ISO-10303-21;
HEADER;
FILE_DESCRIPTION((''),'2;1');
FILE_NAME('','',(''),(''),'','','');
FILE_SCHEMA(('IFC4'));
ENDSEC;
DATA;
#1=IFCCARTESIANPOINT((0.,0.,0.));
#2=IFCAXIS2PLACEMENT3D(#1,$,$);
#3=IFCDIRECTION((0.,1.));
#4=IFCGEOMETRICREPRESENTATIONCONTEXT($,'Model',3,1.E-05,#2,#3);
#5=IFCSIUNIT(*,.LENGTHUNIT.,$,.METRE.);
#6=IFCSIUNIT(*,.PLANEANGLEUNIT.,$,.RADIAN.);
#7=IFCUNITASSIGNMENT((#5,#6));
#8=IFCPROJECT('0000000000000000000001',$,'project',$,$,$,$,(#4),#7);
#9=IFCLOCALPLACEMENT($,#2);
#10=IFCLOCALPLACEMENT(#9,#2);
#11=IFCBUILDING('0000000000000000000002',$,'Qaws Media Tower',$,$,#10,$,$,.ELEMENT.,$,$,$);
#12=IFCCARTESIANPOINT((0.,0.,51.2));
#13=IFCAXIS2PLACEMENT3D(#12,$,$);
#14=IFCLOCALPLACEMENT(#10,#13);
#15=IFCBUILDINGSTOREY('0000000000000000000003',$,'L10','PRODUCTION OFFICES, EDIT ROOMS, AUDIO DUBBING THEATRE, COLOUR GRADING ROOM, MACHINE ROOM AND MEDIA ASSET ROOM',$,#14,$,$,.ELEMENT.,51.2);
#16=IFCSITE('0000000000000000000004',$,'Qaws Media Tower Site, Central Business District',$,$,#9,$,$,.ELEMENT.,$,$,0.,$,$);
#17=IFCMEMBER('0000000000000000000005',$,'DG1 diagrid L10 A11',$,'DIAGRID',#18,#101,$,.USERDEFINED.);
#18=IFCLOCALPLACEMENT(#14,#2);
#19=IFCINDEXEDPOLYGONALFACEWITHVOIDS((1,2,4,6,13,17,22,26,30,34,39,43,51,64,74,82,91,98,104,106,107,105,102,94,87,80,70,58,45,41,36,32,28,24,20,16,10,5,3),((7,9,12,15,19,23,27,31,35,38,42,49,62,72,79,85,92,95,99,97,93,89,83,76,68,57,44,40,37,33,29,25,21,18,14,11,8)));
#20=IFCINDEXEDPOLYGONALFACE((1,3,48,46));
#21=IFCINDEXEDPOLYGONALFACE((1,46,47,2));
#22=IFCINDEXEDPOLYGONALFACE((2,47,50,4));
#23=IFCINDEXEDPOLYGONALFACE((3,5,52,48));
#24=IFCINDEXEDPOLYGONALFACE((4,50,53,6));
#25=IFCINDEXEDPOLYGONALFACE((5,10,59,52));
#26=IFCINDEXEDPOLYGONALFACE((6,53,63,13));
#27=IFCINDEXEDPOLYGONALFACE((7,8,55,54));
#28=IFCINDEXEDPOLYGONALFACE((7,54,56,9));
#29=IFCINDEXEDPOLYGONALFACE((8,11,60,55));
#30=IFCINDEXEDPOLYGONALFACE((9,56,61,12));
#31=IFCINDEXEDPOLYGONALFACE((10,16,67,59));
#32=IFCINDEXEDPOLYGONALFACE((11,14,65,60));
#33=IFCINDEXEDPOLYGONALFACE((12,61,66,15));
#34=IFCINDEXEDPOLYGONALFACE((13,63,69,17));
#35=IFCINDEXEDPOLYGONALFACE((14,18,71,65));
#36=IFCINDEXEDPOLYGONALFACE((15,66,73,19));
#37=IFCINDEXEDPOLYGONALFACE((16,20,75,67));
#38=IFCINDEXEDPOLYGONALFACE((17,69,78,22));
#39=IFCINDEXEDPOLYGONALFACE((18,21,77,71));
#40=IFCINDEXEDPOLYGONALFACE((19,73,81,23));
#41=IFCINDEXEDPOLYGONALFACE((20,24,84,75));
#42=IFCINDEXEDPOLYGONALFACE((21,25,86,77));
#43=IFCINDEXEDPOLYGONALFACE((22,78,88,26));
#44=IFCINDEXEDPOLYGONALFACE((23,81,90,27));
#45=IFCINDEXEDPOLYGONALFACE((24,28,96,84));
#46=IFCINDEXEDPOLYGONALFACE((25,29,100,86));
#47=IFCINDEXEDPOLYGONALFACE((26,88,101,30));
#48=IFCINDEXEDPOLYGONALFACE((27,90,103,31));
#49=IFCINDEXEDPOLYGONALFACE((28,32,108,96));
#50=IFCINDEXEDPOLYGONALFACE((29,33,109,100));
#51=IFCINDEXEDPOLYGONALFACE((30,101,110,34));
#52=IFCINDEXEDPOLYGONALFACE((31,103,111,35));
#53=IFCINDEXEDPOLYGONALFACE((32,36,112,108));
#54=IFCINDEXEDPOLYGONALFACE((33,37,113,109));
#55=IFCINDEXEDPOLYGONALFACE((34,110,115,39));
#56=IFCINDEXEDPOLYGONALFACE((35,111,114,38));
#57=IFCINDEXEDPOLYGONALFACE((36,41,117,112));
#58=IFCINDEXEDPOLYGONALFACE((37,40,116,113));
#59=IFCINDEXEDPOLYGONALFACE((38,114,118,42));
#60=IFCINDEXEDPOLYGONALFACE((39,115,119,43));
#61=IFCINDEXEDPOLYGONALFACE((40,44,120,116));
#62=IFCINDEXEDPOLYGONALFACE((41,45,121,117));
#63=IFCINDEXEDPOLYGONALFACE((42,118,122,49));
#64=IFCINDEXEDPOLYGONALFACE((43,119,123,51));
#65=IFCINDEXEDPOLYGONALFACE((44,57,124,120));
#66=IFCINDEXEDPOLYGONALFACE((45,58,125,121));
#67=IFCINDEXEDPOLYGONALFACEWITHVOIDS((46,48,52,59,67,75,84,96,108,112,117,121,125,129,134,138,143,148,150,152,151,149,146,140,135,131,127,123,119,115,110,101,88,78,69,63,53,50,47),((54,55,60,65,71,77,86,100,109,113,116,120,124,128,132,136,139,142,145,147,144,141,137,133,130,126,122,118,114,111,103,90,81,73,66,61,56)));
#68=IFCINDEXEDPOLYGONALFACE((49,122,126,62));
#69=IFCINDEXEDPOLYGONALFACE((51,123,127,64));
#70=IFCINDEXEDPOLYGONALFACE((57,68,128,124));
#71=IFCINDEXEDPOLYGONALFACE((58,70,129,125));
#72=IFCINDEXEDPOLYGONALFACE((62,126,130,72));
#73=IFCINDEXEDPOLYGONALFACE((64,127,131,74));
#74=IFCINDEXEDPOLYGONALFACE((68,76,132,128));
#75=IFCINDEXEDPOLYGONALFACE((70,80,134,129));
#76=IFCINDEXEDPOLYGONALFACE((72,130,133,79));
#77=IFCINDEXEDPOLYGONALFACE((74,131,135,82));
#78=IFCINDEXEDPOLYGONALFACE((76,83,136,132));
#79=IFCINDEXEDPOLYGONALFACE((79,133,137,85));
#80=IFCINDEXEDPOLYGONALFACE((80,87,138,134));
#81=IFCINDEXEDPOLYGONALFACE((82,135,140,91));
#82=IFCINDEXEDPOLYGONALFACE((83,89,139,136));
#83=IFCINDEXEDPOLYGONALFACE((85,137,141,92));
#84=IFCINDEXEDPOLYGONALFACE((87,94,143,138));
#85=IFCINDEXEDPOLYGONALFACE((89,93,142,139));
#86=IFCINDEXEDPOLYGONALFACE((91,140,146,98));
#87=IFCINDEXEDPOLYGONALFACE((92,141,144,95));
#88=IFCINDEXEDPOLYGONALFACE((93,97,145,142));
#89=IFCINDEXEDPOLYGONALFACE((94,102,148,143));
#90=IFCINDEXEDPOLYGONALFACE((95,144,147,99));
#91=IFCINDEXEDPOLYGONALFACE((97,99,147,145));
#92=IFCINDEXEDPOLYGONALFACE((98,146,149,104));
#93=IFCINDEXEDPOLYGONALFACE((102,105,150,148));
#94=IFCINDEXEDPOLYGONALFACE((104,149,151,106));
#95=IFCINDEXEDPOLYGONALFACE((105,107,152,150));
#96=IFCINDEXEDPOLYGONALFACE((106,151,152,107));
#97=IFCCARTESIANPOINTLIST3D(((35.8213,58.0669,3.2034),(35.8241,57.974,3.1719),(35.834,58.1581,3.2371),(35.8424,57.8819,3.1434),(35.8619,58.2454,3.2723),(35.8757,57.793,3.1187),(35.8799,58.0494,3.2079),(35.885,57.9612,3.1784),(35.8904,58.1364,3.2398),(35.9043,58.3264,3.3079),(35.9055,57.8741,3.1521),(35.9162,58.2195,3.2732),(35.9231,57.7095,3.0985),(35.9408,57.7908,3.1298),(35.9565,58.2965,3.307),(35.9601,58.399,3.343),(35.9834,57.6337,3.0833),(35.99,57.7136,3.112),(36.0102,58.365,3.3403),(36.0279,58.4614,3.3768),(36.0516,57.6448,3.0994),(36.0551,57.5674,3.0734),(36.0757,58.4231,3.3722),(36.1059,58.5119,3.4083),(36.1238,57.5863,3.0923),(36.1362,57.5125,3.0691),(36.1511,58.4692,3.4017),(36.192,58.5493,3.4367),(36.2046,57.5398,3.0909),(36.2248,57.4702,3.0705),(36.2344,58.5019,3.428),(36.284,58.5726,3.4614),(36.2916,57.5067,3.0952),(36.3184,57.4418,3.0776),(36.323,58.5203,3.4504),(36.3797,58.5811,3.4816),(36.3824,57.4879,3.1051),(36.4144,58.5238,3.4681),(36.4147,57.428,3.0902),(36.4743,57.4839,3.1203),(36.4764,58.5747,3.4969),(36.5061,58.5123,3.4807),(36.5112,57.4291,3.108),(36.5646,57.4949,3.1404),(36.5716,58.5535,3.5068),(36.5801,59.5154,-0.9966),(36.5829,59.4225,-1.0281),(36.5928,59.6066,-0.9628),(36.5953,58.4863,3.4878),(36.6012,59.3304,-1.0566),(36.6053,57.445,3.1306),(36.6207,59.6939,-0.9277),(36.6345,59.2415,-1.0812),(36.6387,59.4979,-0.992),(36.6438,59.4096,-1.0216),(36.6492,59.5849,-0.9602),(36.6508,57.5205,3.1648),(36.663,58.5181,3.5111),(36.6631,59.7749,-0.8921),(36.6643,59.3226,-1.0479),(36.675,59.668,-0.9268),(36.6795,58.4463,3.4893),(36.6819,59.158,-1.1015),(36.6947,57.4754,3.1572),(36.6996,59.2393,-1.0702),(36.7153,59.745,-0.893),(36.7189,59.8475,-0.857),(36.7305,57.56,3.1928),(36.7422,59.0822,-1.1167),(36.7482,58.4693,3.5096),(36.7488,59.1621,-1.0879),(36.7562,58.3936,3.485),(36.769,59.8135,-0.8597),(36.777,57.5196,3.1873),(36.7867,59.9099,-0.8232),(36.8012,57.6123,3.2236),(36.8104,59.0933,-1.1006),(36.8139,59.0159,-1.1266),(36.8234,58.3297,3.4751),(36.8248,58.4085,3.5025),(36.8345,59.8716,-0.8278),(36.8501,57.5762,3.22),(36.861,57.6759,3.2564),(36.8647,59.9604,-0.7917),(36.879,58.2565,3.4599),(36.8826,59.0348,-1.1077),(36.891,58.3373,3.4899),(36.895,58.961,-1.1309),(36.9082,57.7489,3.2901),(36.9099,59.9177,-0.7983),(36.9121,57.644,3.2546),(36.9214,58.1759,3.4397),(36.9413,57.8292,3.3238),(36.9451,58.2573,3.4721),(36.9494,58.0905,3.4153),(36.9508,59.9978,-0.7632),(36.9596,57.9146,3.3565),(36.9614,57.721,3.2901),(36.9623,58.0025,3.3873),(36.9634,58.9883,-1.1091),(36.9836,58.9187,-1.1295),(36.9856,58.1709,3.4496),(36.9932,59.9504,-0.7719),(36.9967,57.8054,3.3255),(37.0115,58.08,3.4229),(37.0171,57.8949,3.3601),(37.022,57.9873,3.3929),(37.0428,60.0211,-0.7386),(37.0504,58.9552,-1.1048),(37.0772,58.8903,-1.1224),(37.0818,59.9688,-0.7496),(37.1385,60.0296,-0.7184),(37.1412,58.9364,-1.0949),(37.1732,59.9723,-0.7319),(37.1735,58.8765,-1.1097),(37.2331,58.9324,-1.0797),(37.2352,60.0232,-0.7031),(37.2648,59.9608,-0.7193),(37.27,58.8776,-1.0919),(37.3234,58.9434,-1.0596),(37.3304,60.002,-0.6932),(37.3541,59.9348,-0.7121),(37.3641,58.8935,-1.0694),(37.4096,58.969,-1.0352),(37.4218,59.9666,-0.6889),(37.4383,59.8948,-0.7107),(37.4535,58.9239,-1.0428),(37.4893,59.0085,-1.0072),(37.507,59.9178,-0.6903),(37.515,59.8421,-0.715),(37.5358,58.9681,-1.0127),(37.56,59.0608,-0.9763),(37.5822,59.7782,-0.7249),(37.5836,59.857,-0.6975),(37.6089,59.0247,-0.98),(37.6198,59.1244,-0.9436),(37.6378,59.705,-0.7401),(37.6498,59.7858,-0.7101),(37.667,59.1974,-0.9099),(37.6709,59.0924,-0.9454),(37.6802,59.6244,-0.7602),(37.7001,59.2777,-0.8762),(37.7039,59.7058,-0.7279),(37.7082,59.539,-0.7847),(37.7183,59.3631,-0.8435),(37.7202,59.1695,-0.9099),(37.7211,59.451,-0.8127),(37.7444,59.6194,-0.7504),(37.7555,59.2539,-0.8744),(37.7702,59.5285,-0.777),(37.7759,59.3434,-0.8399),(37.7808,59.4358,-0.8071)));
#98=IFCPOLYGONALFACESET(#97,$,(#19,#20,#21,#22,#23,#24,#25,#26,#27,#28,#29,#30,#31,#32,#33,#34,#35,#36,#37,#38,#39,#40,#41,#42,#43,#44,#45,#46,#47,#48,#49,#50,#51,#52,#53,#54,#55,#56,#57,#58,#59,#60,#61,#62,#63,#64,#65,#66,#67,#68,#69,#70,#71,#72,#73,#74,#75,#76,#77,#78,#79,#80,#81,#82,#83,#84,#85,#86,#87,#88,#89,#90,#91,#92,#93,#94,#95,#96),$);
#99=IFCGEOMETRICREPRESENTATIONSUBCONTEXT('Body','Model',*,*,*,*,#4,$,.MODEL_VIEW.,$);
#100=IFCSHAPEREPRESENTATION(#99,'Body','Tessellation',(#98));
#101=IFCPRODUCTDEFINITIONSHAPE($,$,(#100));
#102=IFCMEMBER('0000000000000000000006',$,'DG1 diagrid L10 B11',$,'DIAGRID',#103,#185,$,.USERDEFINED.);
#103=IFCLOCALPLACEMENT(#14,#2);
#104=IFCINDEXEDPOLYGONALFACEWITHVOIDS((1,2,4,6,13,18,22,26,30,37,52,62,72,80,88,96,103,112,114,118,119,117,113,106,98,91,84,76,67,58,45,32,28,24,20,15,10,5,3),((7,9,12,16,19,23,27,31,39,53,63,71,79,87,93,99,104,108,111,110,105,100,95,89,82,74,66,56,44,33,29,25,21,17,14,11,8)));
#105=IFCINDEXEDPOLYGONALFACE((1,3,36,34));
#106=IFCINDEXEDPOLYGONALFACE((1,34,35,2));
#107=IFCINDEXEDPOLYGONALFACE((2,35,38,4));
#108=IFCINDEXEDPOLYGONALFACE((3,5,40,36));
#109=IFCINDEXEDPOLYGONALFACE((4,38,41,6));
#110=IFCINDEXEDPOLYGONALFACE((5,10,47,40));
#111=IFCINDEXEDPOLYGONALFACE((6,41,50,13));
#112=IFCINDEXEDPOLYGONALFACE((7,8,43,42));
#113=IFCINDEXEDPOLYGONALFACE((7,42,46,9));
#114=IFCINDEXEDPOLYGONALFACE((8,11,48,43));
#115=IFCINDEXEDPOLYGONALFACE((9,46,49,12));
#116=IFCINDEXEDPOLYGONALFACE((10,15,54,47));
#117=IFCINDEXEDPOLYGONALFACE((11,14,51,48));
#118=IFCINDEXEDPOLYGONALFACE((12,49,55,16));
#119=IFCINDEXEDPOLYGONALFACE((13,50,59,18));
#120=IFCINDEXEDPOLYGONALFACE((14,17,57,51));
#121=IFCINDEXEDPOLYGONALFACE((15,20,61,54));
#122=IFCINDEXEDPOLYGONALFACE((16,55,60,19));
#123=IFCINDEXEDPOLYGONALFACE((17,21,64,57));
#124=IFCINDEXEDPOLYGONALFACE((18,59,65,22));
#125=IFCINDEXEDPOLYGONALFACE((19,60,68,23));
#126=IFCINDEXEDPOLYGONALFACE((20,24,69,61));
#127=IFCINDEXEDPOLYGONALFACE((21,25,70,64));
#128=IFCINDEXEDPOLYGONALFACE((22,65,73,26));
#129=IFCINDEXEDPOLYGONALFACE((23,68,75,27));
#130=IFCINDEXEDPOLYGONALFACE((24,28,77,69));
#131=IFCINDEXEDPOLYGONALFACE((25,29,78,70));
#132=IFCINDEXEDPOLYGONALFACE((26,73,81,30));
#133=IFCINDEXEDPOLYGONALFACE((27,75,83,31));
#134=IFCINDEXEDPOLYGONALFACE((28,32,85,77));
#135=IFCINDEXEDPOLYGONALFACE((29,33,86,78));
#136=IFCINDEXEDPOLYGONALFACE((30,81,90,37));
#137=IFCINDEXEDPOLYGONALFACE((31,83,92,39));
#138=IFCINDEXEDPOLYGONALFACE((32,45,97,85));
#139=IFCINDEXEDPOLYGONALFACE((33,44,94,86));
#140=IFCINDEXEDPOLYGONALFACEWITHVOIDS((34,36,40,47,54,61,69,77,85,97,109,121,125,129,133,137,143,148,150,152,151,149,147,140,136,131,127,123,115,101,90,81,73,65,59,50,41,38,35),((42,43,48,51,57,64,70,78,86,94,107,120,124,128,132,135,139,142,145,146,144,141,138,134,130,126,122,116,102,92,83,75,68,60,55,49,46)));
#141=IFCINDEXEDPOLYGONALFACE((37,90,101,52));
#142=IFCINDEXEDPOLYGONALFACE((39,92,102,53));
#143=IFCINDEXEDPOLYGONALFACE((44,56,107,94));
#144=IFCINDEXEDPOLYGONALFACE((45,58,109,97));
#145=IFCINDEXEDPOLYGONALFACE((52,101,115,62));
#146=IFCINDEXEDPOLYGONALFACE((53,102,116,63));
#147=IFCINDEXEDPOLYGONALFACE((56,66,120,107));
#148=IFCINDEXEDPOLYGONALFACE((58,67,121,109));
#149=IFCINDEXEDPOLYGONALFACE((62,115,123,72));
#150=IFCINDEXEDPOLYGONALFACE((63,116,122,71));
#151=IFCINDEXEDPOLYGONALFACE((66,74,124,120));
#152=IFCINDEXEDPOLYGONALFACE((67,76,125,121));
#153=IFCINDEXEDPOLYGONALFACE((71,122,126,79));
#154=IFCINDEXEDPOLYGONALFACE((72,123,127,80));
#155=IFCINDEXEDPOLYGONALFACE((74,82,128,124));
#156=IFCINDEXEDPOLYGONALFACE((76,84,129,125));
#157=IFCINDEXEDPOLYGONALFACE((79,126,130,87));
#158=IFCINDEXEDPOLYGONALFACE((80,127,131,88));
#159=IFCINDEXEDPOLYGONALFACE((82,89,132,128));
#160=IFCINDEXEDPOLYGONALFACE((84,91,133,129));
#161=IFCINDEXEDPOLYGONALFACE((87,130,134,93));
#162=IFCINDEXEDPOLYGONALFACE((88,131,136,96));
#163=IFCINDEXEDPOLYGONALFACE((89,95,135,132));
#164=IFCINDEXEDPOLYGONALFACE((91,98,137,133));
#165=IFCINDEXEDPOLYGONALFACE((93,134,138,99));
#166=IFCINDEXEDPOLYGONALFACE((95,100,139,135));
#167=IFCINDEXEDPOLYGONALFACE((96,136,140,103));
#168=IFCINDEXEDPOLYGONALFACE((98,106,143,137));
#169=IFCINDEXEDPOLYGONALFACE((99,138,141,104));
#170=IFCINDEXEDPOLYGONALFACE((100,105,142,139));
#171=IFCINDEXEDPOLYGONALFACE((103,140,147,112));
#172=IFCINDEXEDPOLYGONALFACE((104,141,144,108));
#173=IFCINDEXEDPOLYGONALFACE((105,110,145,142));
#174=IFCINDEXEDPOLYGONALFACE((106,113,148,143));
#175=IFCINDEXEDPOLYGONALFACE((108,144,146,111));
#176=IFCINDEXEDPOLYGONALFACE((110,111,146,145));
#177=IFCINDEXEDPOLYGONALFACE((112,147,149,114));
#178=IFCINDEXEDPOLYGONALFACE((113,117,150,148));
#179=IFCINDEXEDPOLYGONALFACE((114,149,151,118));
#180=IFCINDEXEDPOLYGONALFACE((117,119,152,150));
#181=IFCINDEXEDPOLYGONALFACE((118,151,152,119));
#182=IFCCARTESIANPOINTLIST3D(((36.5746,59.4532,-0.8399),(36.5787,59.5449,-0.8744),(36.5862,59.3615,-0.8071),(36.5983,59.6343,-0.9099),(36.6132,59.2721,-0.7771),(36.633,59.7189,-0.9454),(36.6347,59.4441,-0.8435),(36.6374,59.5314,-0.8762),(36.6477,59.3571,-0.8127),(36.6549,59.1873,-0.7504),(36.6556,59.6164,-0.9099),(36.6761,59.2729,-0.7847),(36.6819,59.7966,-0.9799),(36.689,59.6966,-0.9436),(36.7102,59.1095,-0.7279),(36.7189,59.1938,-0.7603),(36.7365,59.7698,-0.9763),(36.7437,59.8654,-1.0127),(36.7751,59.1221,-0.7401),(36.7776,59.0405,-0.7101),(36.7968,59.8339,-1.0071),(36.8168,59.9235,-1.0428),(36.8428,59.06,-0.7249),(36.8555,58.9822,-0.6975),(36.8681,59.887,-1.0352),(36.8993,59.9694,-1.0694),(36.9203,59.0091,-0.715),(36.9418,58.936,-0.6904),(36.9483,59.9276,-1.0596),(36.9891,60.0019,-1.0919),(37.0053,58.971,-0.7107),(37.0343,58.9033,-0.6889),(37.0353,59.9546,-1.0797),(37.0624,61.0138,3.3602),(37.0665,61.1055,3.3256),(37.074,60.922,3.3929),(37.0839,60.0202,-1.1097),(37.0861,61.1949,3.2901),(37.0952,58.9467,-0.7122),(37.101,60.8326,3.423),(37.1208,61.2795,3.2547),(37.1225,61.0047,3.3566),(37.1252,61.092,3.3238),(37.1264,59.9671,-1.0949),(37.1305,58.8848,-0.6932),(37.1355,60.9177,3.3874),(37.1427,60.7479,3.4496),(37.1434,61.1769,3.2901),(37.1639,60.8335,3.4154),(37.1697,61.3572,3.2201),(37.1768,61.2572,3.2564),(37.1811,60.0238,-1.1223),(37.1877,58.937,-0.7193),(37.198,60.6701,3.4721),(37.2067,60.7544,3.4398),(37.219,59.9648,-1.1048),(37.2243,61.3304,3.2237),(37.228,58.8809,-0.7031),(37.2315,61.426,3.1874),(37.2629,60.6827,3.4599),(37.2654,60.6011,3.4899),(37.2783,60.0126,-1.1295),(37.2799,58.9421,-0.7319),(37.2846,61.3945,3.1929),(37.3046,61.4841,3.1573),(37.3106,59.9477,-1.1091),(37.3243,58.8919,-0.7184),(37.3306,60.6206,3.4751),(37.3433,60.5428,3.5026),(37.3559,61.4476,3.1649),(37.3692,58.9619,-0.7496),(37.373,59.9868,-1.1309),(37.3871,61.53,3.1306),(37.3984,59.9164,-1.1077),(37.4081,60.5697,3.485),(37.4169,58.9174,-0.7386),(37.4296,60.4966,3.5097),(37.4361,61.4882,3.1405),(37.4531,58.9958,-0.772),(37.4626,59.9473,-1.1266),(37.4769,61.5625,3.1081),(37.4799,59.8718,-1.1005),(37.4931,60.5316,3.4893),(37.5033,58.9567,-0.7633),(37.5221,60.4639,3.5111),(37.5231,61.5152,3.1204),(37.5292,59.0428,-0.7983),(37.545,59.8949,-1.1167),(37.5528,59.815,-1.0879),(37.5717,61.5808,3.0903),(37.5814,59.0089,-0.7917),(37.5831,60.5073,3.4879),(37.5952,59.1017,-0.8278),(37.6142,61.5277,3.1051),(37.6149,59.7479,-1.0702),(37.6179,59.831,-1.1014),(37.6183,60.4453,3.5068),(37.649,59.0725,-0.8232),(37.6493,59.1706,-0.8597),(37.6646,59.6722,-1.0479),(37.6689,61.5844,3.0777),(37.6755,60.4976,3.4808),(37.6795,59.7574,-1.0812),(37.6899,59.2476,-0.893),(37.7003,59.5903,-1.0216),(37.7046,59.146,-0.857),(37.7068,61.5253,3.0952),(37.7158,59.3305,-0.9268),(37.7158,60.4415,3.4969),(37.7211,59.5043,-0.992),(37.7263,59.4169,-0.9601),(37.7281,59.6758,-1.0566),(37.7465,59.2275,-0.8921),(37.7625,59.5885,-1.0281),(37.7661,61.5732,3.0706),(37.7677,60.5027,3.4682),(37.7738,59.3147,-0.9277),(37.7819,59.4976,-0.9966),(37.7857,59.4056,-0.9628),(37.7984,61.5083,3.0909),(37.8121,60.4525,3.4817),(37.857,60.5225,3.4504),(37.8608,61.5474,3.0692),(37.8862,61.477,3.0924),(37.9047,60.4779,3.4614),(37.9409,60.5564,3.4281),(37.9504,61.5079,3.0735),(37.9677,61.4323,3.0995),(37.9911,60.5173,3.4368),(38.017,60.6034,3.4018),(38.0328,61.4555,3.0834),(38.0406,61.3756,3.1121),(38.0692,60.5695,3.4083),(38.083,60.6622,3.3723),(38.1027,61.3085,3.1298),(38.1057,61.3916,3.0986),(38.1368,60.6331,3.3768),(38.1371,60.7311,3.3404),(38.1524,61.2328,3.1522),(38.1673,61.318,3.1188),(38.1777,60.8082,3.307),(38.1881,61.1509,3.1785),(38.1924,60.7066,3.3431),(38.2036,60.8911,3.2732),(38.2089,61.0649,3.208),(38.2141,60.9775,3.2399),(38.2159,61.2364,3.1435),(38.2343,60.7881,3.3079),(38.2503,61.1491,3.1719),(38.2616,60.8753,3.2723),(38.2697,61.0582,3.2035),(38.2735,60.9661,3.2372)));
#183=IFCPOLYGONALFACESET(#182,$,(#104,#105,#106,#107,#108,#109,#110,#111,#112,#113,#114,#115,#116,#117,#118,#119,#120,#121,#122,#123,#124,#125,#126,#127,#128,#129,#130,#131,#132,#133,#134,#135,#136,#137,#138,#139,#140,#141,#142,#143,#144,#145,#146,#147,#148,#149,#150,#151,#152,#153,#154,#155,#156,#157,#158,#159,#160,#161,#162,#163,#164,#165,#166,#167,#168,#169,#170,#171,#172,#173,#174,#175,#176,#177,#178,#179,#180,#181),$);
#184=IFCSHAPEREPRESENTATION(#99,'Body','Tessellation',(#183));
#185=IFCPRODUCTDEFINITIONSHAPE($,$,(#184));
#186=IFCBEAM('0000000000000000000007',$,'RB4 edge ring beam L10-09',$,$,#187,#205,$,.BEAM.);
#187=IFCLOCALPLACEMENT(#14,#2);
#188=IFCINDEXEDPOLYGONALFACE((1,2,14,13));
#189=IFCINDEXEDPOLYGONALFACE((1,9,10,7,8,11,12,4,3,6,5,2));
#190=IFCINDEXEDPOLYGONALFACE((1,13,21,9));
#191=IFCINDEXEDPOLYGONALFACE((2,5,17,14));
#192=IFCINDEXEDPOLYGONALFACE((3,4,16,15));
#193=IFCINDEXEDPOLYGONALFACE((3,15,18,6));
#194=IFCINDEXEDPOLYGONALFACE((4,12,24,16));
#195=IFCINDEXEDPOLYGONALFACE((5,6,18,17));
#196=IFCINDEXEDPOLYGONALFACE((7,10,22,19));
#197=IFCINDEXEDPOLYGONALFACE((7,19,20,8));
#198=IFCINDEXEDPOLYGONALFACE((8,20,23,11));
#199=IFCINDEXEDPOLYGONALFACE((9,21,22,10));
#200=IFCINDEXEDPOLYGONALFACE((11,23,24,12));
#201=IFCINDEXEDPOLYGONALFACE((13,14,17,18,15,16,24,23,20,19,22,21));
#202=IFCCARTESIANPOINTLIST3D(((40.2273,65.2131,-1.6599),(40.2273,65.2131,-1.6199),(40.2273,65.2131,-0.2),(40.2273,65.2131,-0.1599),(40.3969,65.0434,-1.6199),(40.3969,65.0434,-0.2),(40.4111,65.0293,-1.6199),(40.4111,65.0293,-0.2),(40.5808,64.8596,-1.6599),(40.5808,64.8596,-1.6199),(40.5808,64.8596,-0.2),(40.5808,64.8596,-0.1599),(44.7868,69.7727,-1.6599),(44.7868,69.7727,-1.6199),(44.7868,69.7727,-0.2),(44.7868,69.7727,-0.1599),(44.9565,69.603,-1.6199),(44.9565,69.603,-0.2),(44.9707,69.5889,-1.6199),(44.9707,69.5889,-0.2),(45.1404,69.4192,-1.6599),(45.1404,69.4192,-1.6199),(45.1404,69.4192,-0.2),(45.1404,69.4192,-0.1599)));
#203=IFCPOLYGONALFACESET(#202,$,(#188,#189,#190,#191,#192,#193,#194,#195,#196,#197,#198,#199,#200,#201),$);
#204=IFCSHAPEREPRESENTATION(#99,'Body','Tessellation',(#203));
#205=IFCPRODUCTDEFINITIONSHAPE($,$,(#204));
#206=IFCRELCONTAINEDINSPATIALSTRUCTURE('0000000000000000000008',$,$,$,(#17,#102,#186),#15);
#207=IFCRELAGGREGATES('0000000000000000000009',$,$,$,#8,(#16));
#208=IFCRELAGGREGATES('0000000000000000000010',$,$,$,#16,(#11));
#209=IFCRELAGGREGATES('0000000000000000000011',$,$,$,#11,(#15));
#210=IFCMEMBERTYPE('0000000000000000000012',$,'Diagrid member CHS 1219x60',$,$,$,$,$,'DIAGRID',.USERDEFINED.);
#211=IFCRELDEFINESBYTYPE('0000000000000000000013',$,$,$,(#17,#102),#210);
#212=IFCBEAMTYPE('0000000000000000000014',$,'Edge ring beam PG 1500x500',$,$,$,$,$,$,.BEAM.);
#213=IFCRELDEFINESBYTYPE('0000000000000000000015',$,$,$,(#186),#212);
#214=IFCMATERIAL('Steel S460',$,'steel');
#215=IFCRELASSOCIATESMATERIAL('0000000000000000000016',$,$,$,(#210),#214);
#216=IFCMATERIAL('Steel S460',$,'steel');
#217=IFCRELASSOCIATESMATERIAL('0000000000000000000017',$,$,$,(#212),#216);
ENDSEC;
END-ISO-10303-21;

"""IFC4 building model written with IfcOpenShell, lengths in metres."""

from ifc_helpers import new_model, si_unit, direction, frame, origin, origin_2d, place, context, subcontext, project, spatial, hollow_circle, i_section, extrude, material, material_profile, profile_set, type_object, element, save


model = new_model("IFC4")

# Units and contexts
model_context = context("Model", 3, precision=1e-05, world=origin(), true_north=direction((0.0, 1.0)))
body_context = subcontext(model_context, "Body", "Model", "MODEL_VIEW")
ifc_project = project(units=[si_unit("LENGTHUNIT", "METRE"), si_unit("PLANEANGLEUNIT", "RADIAN")], contexts=[model_context])

# Site, building, storey
site_placement = place(None, origin())
site = spatial("IfcSite", under=ifc_project, at=site_placement, Name="Qaws Media Tower Site, Central Business District", CompositionType="ELEMENT", RefElevation=0.0)
building_placement = place(site_placement, origin())
building = spatial("IfcBuilding", under=site, at=building_placement, Name="Qaws Media Tower", CompositionType="ELEMENT")
storey_placement = place(building_placement, frame((0.0, 0.0, 51.2)))
storey = spatial("IfcBuildingStorey", under=building, at=storey_placement, Name="L10", Description="PRODUCTION OFFICES, EDIT ROOMS, AUDIO DUBBING THEATRE, COLOUR GRADING ROOM, MACHINE ROOM AND MEDIA ASSET ROOM", CompositionType="ELEMENT", Elevation=51.2)

# Members
ifc_material_1 = material(Name="Steel S460", Category="steel")
ifc_material_profile_1 = material_profile(ifc_material_1, hollow_circle(Radius=0.6096, WallThickness=0.0601, at=origin_2d()), Name="CHS 1219x60")
ifc_profile_set_1 = profile_set([ifc_material_profile_1], Name="Steel S460")
member_type_1 = type_object("IfcMemberType", Name="Diagrid member CHS 1219x60", ElementType="DIAGRID", PredefinedType="USERDEFINED", material=ifc_profile_set_1)
for number, where, z_axis, x_axis, name in (
    (1, (37.1802, 59.4524, -0.9099), (-0.168356, -0.321383, 0.931863), (0.885817, -0.464035, 0.0), "DG1 diagrid L10 A11"),
    (2, (37.1802, 59.4524, -0.9099), (0.108231, 0.346251, 0.931878), (-0.954459, 0.298343, 0.0), "DG1 diagrid L10 B11"),
):
    element("IfcMember", number, at=place(storey_placement, frame(where, z_axis=z_axis, x_axis=x_axis)), inside=storey, type_object=member_type_1, Name=name, ObjectType="DIAGRID", PredefinedType="USERDEFINED", context=body_context, shape_type="SweptSolid", body=[
        extrude(hollow_circle(Radius=0.6096, WallThickness=0.0601, at=origin_2d()), origin(), (0.0, 0.0, 1.0), 4.5071),
    ])

# Beam
ifc_material_2 = material(Name="Steel S460", Category="steel")
ifc_material_profile_2 = material_profile(ifc_material_2, i_section(OverallWidth=0.5, OverallDepth=1.5, WebThickness=0.02, FlangeThickness=0.04, at=origin_2d()), Name="PG 1500x500")
ifc_profile_set_2 = profile_set([ifc_material_profile_2], Name="Steel S460")
beam_type = type_object("IfcBeamType", Name="Edge ring beam PG 1500x500", PredefinedType="BEAM", material=ifc_profile_set_2)
beam_1_placement = place(storey_placement, frame((44.9636, 69.5959, -0.9099), z_axis=(-0.707107, -0.707107, 0.0), x_axis=(0.707107, -0.707107, 0.0)))
element("IfcBeam", 3, at=beam_1_placement, inside=storey, type_object=beam_type, Name="RB4 edge ring beam L10-09", PredefinedType="BEAM", context=body_context, shape_type="SweptSolid", body=[
    extrude(i_section(OverallWidth=0.5, OverallDepth=1.5, WebThickness=0.02, FlangeThickness=0.04, at=origin_2d()), origin(), (0.0, 0.0, 1.0), 6.4482),
])

save(model, "model.ifc")
